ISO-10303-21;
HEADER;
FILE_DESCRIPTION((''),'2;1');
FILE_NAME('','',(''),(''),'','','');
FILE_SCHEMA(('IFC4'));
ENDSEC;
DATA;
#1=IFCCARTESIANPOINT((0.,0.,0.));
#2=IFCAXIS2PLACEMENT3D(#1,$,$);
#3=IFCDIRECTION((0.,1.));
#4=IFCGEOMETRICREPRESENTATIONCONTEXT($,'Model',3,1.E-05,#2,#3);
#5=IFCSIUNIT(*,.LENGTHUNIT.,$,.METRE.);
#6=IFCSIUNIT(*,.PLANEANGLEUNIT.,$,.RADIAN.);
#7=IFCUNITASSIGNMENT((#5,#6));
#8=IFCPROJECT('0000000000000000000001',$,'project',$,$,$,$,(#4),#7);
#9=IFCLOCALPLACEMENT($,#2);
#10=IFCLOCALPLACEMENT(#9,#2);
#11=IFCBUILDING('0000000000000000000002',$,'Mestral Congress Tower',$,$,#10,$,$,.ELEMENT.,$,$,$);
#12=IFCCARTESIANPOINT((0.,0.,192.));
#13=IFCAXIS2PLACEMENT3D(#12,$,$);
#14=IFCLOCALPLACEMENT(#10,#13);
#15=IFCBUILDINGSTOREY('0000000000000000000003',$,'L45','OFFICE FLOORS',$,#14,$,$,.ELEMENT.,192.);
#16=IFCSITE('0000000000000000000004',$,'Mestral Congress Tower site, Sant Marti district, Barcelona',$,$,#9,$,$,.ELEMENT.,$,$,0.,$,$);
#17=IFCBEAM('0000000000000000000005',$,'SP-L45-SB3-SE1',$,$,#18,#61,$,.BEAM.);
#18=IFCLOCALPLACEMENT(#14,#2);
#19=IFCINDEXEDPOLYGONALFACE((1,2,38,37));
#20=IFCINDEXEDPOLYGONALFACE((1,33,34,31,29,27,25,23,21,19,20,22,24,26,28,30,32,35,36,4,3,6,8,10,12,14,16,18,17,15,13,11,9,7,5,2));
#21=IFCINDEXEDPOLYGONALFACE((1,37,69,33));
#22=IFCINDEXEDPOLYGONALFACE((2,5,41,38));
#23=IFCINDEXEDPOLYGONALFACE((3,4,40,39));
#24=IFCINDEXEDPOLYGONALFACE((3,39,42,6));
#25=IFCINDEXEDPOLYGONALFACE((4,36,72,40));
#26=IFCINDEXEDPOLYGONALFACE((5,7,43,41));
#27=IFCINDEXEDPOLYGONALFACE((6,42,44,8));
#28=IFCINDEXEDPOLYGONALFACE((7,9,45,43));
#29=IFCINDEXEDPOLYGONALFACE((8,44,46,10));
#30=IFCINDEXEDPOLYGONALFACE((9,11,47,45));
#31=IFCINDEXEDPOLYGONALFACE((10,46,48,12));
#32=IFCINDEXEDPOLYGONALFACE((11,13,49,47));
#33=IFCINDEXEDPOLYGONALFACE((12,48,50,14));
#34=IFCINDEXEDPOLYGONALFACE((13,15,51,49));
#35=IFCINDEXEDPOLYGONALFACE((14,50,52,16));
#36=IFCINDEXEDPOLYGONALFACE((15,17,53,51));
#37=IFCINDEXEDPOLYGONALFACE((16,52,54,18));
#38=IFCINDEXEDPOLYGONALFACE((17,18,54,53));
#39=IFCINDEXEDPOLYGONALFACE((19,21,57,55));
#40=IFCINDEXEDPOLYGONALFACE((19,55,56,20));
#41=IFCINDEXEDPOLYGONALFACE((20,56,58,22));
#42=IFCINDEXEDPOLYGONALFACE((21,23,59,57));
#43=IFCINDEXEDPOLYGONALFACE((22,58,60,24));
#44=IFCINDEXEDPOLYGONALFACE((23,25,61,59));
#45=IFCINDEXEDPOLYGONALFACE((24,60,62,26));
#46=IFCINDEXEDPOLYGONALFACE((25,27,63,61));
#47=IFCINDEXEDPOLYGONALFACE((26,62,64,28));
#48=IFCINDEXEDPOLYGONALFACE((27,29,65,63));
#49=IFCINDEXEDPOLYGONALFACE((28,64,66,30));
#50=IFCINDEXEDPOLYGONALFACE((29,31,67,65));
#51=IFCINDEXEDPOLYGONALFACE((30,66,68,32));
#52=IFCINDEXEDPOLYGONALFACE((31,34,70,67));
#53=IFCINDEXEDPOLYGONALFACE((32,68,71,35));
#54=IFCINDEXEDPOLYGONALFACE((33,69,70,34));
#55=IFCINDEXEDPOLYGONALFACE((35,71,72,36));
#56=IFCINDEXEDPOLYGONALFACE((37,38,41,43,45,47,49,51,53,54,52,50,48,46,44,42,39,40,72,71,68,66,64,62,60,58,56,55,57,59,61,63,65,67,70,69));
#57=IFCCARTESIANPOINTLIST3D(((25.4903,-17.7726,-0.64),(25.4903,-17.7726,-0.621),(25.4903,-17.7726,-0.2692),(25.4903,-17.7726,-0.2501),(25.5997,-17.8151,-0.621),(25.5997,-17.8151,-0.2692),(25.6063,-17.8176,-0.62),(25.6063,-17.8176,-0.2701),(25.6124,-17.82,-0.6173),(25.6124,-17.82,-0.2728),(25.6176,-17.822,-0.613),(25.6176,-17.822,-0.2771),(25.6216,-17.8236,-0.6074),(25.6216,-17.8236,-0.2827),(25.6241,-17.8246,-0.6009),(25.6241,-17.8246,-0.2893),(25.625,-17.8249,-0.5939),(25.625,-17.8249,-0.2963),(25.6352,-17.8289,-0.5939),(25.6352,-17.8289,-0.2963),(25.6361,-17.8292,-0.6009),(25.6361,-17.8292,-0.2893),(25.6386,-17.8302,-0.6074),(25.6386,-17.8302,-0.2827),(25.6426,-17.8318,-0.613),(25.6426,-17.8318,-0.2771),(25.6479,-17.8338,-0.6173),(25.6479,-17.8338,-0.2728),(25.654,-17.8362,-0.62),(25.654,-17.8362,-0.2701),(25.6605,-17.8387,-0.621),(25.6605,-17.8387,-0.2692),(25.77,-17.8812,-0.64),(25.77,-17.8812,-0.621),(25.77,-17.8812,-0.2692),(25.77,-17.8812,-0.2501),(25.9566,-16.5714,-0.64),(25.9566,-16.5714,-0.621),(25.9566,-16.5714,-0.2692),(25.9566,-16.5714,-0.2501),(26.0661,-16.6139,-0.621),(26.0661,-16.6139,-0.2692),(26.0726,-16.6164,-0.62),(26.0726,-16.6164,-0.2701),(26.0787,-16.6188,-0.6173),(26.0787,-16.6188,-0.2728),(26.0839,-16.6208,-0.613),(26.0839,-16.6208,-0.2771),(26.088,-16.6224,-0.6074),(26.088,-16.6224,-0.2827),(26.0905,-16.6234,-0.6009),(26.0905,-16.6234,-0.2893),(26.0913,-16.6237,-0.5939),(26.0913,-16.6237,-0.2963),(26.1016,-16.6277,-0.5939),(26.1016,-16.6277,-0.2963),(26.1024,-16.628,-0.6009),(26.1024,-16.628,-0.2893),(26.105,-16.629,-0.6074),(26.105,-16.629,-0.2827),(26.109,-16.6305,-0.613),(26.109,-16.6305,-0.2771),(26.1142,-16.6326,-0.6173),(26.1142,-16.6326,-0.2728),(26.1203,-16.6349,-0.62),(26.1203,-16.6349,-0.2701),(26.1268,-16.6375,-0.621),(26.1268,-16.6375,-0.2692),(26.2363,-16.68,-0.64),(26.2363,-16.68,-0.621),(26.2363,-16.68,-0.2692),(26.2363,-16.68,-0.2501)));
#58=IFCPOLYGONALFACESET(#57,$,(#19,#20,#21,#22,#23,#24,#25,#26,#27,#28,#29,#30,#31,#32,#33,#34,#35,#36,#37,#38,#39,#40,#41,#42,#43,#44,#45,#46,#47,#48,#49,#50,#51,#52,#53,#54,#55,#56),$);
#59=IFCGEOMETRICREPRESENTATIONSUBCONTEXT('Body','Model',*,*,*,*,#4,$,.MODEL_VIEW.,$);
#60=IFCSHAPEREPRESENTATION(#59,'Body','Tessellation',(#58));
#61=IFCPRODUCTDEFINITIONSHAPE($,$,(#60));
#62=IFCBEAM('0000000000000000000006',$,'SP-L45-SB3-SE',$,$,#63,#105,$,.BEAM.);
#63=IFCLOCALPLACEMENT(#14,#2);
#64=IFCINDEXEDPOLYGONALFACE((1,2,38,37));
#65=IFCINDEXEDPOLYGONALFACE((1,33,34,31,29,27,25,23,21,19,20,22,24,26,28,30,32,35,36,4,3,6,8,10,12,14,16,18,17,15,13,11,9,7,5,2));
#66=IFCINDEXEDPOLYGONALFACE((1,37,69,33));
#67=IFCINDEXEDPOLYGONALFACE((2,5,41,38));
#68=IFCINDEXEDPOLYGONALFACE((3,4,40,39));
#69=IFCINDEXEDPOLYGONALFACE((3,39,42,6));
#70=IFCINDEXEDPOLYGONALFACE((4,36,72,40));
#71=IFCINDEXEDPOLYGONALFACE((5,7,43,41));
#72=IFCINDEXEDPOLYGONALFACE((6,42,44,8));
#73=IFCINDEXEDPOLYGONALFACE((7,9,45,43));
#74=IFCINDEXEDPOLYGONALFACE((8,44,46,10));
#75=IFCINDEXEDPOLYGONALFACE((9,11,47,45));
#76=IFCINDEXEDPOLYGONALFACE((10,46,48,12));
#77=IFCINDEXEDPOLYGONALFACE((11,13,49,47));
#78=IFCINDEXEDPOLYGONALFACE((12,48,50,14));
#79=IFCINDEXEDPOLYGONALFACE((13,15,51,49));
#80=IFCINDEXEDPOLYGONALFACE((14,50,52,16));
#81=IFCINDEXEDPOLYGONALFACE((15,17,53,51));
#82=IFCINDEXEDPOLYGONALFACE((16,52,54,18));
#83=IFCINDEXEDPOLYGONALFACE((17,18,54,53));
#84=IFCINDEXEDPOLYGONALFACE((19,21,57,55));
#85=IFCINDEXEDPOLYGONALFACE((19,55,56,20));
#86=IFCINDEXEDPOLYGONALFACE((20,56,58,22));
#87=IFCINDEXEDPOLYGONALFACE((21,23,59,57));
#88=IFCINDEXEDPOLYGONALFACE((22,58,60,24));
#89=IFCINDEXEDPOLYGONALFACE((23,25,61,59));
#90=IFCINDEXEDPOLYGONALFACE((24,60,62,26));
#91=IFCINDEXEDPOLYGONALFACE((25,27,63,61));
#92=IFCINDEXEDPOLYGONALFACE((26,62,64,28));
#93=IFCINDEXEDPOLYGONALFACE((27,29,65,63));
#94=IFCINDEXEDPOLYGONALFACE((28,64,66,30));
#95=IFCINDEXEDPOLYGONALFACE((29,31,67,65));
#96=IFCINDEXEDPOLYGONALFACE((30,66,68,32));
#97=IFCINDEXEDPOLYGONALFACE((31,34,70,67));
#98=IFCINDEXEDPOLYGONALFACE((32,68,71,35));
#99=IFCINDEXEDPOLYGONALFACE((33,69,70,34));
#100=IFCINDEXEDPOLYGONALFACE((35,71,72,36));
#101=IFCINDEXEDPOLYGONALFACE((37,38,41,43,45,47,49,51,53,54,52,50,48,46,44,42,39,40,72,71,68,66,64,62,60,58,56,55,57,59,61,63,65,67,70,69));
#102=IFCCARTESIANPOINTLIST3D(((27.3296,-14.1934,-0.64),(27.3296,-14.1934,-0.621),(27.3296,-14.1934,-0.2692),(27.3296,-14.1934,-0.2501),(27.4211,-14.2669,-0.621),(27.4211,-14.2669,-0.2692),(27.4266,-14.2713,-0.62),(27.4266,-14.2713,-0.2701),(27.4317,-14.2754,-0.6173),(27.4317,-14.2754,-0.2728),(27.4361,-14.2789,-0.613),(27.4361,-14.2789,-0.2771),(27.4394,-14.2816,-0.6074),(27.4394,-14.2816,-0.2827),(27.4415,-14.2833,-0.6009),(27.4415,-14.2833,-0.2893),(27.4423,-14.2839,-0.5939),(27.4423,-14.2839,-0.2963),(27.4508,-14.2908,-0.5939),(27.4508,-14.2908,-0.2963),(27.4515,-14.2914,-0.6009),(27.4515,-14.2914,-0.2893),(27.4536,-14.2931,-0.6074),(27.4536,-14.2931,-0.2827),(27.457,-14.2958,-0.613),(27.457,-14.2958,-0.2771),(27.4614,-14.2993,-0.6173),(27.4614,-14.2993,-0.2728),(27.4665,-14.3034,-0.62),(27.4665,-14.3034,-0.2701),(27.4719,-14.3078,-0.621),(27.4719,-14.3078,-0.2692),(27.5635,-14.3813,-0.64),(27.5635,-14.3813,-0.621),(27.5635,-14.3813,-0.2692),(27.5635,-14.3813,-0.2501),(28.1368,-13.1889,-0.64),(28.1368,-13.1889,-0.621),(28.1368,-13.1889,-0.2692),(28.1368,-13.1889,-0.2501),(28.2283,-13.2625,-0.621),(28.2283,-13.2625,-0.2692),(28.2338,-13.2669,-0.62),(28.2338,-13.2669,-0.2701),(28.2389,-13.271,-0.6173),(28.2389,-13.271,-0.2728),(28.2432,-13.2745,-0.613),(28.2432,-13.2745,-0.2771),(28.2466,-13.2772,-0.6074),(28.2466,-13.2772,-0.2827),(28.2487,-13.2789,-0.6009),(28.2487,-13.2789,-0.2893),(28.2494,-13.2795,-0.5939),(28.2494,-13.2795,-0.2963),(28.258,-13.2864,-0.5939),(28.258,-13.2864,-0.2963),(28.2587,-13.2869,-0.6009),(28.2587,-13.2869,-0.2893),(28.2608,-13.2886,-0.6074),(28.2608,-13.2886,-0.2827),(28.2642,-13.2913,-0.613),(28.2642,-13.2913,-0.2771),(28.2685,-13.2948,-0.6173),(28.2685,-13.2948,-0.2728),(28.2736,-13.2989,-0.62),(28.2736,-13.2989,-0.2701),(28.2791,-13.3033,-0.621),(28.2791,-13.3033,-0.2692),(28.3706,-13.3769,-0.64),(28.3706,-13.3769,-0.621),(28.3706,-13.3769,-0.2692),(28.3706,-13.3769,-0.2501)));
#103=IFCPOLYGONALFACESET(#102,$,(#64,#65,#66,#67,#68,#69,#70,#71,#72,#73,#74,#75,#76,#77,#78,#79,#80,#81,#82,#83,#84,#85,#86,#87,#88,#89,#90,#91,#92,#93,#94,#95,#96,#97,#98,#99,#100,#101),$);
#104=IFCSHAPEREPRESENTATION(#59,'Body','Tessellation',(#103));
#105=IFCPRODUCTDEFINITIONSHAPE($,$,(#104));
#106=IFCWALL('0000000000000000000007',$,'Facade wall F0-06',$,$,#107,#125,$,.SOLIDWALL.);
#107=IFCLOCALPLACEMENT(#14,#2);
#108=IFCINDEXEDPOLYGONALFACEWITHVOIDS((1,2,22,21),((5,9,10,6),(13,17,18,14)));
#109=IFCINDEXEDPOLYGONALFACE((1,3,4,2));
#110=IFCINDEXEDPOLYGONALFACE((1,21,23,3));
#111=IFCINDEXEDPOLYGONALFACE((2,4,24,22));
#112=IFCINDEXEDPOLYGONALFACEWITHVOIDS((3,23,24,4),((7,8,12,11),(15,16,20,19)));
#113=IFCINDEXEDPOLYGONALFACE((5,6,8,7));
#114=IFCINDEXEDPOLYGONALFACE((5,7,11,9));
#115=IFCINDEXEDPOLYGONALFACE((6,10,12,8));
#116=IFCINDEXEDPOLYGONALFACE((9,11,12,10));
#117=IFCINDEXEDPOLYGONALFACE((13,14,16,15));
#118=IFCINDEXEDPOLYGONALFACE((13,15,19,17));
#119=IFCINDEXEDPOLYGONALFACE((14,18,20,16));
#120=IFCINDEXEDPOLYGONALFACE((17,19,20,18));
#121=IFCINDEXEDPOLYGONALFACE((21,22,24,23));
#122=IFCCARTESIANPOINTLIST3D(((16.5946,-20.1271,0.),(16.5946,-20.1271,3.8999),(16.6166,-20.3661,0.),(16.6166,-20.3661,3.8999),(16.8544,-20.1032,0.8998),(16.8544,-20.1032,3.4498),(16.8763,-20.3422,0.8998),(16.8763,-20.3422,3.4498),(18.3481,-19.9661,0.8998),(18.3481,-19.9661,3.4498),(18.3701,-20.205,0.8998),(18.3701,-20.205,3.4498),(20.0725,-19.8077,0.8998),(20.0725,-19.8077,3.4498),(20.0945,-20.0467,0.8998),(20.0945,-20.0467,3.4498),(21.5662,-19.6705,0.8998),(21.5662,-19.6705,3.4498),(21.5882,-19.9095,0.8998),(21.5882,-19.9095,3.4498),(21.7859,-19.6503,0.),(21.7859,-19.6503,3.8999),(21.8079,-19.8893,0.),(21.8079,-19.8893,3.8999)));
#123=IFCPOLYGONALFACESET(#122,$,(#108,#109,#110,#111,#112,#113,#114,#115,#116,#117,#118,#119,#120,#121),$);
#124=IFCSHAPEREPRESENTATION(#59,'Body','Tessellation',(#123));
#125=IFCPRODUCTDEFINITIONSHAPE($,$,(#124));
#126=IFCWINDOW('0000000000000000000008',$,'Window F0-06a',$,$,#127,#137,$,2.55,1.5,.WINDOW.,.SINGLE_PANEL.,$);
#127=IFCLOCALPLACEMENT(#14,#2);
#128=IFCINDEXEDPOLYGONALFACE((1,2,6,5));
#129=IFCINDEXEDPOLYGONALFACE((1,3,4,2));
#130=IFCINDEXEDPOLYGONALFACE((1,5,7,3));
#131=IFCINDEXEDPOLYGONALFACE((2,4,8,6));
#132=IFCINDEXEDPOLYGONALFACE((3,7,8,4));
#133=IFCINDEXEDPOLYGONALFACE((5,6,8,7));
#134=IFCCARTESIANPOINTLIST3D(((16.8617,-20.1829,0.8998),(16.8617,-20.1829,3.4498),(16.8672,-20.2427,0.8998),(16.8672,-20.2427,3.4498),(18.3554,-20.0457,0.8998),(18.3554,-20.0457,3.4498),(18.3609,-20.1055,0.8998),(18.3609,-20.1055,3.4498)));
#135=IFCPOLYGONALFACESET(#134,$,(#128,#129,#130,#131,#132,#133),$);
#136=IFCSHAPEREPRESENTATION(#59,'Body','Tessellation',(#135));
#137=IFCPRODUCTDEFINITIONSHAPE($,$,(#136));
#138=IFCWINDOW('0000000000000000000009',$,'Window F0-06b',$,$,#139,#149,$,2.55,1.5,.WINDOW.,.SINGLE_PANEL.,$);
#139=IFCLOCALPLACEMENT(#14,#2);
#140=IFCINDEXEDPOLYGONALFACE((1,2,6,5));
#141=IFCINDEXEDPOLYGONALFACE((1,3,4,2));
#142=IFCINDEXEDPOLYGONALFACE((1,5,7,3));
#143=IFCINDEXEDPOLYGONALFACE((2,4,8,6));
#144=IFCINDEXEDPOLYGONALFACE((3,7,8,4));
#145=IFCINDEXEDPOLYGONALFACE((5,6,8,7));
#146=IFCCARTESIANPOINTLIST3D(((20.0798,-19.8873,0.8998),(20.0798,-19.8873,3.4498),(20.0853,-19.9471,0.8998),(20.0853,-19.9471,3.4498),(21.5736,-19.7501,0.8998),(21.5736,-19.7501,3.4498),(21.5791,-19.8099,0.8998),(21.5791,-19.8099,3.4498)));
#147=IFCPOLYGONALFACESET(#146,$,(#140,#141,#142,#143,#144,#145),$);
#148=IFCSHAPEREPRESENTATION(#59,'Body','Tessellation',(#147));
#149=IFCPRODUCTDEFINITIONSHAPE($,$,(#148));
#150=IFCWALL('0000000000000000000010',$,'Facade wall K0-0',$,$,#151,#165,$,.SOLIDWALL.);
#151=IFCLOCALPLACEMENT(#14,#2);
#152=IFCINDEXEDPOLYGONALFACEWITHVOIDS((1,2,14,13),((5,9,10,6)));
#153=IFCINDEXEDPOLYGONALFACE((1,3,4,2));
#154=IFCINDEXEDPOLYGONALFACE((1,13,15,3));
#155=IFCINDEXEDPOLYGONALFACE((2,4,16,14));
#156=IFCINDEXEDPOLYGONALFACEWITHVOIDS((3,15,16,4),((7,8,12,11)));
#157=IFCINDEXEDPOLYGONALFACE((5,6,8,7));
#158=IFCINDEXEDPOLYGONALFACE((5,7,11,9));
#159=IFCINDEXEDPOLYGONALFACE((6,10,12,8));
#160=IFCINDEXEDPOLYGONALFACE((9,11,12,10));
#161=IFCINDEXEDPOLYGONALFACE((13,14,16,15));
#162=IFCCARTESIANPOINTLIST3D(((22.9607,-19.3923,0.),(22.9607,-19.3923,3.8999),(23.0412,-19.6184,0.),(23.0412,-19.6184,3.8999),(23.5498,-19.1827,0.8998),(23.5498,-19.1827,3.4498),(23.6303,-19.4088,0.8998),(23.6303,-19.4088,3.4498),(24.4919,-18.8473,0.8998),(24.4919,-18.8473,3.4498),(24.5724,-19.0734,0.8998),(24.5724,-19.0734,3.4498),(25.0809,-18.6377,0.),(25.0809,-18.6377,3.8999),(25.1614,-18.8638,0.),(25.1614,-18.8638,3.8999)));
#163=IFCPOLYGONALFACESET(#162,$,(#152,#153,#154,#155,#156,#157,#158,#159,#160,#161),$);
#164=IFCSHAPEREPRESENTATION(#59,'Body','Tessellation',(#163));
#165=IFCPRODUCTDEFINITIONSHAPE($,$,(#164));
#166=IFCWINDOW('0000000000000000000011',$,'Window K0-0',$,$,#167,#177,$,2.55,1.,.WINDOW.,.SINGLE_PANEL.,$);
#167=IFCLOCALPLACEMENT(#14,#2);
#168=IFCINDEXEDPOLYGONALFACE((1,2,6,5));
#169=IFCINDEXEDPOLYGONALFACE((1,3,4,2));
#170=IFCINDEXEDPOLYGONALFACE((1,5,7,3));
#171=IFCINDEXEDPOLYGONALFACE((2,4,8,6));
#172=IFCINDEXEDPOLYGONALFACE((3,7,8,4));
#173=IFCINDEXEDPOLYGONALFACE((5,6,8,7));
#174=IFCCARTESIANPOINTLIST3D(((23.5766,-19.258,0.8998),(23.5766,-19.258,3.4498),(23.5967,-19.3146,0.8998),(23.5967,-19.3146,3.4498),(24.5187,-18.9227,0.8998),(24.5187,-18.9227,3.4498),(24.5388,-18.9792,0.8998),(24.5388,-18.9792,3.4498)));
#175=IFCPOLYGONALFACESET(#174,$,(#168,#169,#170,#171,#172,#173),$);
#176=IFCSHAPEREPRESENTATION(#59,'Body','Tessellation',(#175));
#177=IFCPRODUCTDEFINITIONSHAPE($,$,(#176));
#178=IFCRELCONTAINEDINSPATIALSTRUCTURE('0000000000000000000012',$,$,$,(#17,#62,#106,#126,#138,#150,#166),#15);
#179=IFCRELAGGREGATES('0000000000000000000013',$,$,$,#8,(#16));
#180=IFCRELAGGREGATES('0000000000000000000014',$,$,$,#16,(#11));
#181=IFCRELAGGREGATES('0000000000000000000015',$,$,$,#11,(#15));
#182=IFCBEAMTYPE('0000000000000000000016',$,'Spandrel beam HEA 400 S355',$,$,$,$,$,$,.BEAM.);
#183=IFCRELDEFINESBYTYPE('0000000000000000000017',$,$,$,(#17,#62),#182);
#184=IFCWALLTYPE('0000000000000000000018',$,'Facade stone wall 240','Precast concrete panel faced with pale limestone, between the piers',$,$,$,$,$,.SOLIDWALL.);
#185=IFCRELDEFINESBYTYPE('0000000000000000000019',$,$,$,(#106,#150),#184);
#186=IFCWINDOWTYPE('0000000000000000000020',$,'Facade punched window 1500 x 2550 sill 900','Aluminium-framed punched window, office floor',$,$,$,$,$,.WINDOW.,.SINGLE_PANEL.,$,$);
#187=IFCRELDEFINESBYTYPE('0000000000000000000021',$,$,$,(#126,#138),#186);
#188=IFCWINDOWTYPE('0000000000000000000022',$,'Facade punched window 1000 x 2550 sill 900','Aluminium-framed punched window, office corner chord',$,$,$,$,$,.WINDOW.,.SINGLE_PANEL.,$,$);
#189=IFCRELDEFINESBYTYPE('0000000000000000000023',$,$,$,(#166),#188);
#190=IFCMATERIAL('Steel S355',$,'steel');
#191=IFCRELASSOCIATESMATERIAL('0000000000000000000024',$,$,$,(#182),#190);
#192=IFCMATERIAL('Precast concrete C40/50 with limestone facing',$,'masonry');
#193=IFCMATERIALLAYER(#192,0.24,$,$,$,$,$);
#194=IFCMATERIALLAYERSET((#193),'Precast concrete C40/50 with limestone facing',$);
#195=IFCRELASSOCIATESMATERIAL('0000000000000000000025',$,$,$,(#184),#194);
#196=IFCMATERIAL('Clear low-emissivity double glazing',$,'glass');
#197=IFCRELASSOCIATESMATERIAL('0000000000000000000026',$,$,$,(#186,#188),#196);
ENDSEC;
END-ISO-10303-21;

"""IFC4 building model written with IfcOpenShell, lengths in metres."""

from ifc_helpers import new_model, si_unit, direction, frame, frame_2d, origin, origin_2d, place, context, subcontext, project, spatial, rectangle, i_section, extrude, material, layer, layer_set, material_profile, profile_set, type_object, element, fill, save


model = new_model("IFC4")

# Units and contexts
model_context = context("Model", 3, precision=1e-05, world=origin(), true_north=direction((0.0, 1.0)))
body_context = subcontext(model_context, "Body", "Model", "MODEL_VIEW")
ifc_project = project(units=[si_unit("LENGTHUNIT", "METRE"), si_unit("PLANEANGLEUNIT", "RADIAN")], contexts=[model_context])

# Site, building, storey
site_placement = place(None, origin())
site = spatial("IfcSite", under=ifc_project, at=site_placement, Name="Mestral Congress Tower site, Sant Marti district, Barcelona", CompositionType="ELEMENT", RefElevation=0.0)
building_placement = place(site_placement, origin())
building = spatial("IfcBuilding", under=site, at=building_placement, Name="Mestral Congress Tower", CompositionType="ELEMENT")
storey_placement = place(building_placement, frame((0.0, 0.0, 192.0)))
storey = spatial("IfcBuildingStorey", under=building, at=storey_placement, Name="L45", Description="OFFICE FLOORS", CompositionType="ELEMENT", Elevation=192.0)

# Beams
ifc_material_1 = material(Name="Steel S355", Category="steel")
ifc_material_profile_1 = material_profile(ifc_material_1, i_section(OverallWidth=0.3, OverallDepth=0.3899, WebThickness=0.011, FlangeThickness=0.019, FilletRadius=0.0271, at=origin_2d()), Name="HEA 400")
ifc_profile_set_1 = profile_set([ifc_material_profile_1], Name="Steel S355")
beam_type_1 = type_object("IfcBeamType", Name="Spandrel beam HEA 400 S355", PredefinedType="BEAM", material=ifc_profile_set_1)
for number, where, z_axis, x_axis, name in (
    (1, (25.6301, -17.8269, -0.4451), (0.361898, 0.932218, 0.0), (-0.932218, 0.361898, 0.0), "SP-L45-SB3-SE1"),
    (2, (27.4465, -14.2874, -0.4451), (0.626403, 0.779499, 0.0), (-0.779499, 0.626403, 0.0), "SP-L45-SB3-SE"),
):
    element("IfcBeam", number, at=place(storey_placement, frame(where, z_axis=z_axis, x_axis=x_axis)), inside=storey, type_object=beam_type_1, Name=name, PredefinedType="BEAM", context=body_context, shape_type="SweptSolid", body=[
        extrude(i_section(OverallWidth=0.3, OverallDepth=0.3899, WebThickness=0.011, FlangeThickness=0.019, FilletRadius=0.0271, at=origin_2d()), origin(), (0.0, 0.0, 1.0), 1.2886),
    ])

# Wall, openings, windows
ifc_material_2 = material(Name="Precast concrete C40/50 with limestone facing", Category="masonry")
ifc_layer_1 = layer(ifc_material_2, 0.24)
ifc_layer_set_1 = layer_set([ifc_layer_1], Name="Precast concrete C40/50 with limestone facing")
wall_type_1 = type_object("IfcWallType", Name="Facade stone wall 240", Description="Precast concrete panel faced with pale limestone, between the piers", PredefinedType="SOLIDWALL", material=ifc_layer_set_1)
wall_1_placement = place(storey_placement, frame((16.6057, -20.2466, 0.0), z_axis=(0.0, 0.0, 1.0), x_axis=(0.995809, 0.09146, 0.0)))
wall_1 = element("IfcWall", 3, at=wall_1_placement, inside=storey, type_object=wall_type_1, Name="Facade wall F0-06", PredefinedType="SOLIDWALL", context=body_context, shape_type="SweptSolid", body=[
    extrude(rectangle(XDim=5.2131, YDim=0.24, at=frame_2d((2.6064, 0.0))), origin(), (0.0, 0.0, 1.0), 3.8999),
])
opening_1_placement = place(wall_1_placement, frame((0.2607, 0.0, 0.8999)))
opening_1 = element("IfcOpeningElement", 4, at=opening_1_placement, cuts=wall_1, PredefinedType="OPENING", context=body_context, shape_type="SweptSolid", body=[
    extrude(rectangle(XDim=1.5, YDim=2.55, at=frame_2d((0.75, 1.2749))), frame((0.0, 0.1299, 0.0), z_axis=(0.0, -1.0, 0.0), x_axis=(1.0, 0.0, 0.0)), (0.0, 0.0, 1.0), 0.26),
])
opening_2_placement = place(wall_1_placement, frame((3.4924, 0.0, 0.8999)))
opening_2 = element("IfcOpeningElement", 5, at=opening_2_placement, cuts=wall_1, PredefinedType="OPENING", context=body_context, shape_type="SweptSolid", body=[
    extrude(rectangle(XDim=1.5, YDim=2.55, at=frame_2d((0.75, 1.2749))), frame((0.0, 0.1299, 0.0), z_axis=(0.0, -1.0, 0.0), x_axis=(1.0, 0.0, 0.0)), (0.0, 0.0, 1.0), 0.26),
])
ifc_material_3 = material(Name="Clear low-emissivity double glazing", Category="glass")
window_type_1 = type_object("IfcWindowType", Name="Facade punched window 1500 x 2550 sill 900", Description="Aluminium-framed punched window, office floor", PartitioningType="SINGLE_PANEL", PredefinedType="WINDOW", material=ifc_material_3)
window_1_placement = place(opening_1_placement, origin())
window_1 = element("IfcWindow", 6, at=window_1_placement, inside=storey, type_object=window_type_1, Name="Window F0-06a", OverallHeight=2.55, OverallWidth=1.5, PartitioningType="SINGLE_PANEL", PredefinedType="WINDOW", context=body_context, shape_type="SweptSolid", body=[
    extrude(rectangle(XDim=1.5, YDim=2.55, at=frame_2d((0.75, 1.2749))), frame((0.0, 0.04, 0.0), z_axis=(0.0, -1.0, 0.0), x_axis=(1.0, 0.0, 0.0)), (0.0, 0.0, 1.0), 0.0601),
])
fill(opening_1, window_1)
window_2_placement = place(opening_2_placement, origin())
window_2 = element("IfcWindow", 7, at=window_2_placement, inside=storey, type_object=window_type_1, Name="Window F0-06b", OverallHeight=2.55, OverallWidth=1.5, PartitioningType="SINGLE_PANEL", PredefinedType="WINDOW", context=body_context, shape_type="SweptSolid", body=[
    extrude(rectangle(XDim=1.5, YDim=2.55, at=frame_2d((0.75, 1.2749))), frame((0.0, 0.04, 0.0), z_axis=(0.0, -1.0, 0.0), x_axis=(1.0, 0.0, 0.0)), (0.0, 0.0, 1.0), 0.0601),
])
fill(opening_2, window_2)

# Wall, opening, window
wall_2_placement = place(storey_placement, frame((23.001, -19.5054, 0.0), z_axis=(0.0, 0.0, 1.0), x_axis=(0.9421, 0.335333, 0.0)))
wall_2 = element("IfcWall", 8, at=wall_2_placement, inside=storey, type_object=wall_type_1, Name="Facade wall K0-0", PredefinedType="SOLIDWALL", context=body_context, shape_type="SweptSolid", body=[
    extrude(rectangle(XDim=2.2505, YDim=0.24, at=frame_2d((1.1252, 0.0))), origin(), (0.0, 0.0, 1.0), 3.8999),
])
opening_3_placement = place(wall_2_placement, frame((0.6252, 0.0, 0.8999)))
opening_3 = element("IfcOpeningElement", 9, at=opening_3_placement, cuts=wall_2, PredefinedType="OPENING", context=body_context, shape_type="SweptSolid", body=[
    extrude(rectangle(XDim=1.0, YDim=2.55, at=frame_2d((0.5, 1.2749))), frame((0.0, 0.1299, 0.0), z_axis=(0.0, -1.0, 0.0), x_axis=(1.0, 0.0, 0.0)), (0.0, 0.0, 1.0), 0.26),
])
window_type_2 = type_object("IfcWindowType", Name="Facade punched window 1000 x 2550 sill 900", Description="Aluminium-framed punched window, office corner chord", PartitioningType="SINGLE_PANEL", PredefinedType="WINDOW", material=ifc_material_3)
window_3_placement = place(opening_3_placement, origin())
window_3 = element("IfcWindow", 10, at=window_3_placement, inside=storey, type_object=window_type_2, Name="Window K0-0", OverallHeight=2.55, OverallWidth=1.0, PartitioningType="SINGLE_PANEL", PredefinedType="WINDOW", context=body_context, shape_type="SweptSolid", body=[
    extrude(rectangle(XDim=1.0, YDim=2.55, at=frame_2d((0.5, 1.2749))), frame((0.0, 0.04, 0.0), z_axis=(0.0, -1.0, 0.0), x_axis=(1.0, 0.0, 0.0)), (0.0, 0.0, 1.0), 0.0601),
])
fill(opening_3, window_3)

save(model, "model.ifc")
